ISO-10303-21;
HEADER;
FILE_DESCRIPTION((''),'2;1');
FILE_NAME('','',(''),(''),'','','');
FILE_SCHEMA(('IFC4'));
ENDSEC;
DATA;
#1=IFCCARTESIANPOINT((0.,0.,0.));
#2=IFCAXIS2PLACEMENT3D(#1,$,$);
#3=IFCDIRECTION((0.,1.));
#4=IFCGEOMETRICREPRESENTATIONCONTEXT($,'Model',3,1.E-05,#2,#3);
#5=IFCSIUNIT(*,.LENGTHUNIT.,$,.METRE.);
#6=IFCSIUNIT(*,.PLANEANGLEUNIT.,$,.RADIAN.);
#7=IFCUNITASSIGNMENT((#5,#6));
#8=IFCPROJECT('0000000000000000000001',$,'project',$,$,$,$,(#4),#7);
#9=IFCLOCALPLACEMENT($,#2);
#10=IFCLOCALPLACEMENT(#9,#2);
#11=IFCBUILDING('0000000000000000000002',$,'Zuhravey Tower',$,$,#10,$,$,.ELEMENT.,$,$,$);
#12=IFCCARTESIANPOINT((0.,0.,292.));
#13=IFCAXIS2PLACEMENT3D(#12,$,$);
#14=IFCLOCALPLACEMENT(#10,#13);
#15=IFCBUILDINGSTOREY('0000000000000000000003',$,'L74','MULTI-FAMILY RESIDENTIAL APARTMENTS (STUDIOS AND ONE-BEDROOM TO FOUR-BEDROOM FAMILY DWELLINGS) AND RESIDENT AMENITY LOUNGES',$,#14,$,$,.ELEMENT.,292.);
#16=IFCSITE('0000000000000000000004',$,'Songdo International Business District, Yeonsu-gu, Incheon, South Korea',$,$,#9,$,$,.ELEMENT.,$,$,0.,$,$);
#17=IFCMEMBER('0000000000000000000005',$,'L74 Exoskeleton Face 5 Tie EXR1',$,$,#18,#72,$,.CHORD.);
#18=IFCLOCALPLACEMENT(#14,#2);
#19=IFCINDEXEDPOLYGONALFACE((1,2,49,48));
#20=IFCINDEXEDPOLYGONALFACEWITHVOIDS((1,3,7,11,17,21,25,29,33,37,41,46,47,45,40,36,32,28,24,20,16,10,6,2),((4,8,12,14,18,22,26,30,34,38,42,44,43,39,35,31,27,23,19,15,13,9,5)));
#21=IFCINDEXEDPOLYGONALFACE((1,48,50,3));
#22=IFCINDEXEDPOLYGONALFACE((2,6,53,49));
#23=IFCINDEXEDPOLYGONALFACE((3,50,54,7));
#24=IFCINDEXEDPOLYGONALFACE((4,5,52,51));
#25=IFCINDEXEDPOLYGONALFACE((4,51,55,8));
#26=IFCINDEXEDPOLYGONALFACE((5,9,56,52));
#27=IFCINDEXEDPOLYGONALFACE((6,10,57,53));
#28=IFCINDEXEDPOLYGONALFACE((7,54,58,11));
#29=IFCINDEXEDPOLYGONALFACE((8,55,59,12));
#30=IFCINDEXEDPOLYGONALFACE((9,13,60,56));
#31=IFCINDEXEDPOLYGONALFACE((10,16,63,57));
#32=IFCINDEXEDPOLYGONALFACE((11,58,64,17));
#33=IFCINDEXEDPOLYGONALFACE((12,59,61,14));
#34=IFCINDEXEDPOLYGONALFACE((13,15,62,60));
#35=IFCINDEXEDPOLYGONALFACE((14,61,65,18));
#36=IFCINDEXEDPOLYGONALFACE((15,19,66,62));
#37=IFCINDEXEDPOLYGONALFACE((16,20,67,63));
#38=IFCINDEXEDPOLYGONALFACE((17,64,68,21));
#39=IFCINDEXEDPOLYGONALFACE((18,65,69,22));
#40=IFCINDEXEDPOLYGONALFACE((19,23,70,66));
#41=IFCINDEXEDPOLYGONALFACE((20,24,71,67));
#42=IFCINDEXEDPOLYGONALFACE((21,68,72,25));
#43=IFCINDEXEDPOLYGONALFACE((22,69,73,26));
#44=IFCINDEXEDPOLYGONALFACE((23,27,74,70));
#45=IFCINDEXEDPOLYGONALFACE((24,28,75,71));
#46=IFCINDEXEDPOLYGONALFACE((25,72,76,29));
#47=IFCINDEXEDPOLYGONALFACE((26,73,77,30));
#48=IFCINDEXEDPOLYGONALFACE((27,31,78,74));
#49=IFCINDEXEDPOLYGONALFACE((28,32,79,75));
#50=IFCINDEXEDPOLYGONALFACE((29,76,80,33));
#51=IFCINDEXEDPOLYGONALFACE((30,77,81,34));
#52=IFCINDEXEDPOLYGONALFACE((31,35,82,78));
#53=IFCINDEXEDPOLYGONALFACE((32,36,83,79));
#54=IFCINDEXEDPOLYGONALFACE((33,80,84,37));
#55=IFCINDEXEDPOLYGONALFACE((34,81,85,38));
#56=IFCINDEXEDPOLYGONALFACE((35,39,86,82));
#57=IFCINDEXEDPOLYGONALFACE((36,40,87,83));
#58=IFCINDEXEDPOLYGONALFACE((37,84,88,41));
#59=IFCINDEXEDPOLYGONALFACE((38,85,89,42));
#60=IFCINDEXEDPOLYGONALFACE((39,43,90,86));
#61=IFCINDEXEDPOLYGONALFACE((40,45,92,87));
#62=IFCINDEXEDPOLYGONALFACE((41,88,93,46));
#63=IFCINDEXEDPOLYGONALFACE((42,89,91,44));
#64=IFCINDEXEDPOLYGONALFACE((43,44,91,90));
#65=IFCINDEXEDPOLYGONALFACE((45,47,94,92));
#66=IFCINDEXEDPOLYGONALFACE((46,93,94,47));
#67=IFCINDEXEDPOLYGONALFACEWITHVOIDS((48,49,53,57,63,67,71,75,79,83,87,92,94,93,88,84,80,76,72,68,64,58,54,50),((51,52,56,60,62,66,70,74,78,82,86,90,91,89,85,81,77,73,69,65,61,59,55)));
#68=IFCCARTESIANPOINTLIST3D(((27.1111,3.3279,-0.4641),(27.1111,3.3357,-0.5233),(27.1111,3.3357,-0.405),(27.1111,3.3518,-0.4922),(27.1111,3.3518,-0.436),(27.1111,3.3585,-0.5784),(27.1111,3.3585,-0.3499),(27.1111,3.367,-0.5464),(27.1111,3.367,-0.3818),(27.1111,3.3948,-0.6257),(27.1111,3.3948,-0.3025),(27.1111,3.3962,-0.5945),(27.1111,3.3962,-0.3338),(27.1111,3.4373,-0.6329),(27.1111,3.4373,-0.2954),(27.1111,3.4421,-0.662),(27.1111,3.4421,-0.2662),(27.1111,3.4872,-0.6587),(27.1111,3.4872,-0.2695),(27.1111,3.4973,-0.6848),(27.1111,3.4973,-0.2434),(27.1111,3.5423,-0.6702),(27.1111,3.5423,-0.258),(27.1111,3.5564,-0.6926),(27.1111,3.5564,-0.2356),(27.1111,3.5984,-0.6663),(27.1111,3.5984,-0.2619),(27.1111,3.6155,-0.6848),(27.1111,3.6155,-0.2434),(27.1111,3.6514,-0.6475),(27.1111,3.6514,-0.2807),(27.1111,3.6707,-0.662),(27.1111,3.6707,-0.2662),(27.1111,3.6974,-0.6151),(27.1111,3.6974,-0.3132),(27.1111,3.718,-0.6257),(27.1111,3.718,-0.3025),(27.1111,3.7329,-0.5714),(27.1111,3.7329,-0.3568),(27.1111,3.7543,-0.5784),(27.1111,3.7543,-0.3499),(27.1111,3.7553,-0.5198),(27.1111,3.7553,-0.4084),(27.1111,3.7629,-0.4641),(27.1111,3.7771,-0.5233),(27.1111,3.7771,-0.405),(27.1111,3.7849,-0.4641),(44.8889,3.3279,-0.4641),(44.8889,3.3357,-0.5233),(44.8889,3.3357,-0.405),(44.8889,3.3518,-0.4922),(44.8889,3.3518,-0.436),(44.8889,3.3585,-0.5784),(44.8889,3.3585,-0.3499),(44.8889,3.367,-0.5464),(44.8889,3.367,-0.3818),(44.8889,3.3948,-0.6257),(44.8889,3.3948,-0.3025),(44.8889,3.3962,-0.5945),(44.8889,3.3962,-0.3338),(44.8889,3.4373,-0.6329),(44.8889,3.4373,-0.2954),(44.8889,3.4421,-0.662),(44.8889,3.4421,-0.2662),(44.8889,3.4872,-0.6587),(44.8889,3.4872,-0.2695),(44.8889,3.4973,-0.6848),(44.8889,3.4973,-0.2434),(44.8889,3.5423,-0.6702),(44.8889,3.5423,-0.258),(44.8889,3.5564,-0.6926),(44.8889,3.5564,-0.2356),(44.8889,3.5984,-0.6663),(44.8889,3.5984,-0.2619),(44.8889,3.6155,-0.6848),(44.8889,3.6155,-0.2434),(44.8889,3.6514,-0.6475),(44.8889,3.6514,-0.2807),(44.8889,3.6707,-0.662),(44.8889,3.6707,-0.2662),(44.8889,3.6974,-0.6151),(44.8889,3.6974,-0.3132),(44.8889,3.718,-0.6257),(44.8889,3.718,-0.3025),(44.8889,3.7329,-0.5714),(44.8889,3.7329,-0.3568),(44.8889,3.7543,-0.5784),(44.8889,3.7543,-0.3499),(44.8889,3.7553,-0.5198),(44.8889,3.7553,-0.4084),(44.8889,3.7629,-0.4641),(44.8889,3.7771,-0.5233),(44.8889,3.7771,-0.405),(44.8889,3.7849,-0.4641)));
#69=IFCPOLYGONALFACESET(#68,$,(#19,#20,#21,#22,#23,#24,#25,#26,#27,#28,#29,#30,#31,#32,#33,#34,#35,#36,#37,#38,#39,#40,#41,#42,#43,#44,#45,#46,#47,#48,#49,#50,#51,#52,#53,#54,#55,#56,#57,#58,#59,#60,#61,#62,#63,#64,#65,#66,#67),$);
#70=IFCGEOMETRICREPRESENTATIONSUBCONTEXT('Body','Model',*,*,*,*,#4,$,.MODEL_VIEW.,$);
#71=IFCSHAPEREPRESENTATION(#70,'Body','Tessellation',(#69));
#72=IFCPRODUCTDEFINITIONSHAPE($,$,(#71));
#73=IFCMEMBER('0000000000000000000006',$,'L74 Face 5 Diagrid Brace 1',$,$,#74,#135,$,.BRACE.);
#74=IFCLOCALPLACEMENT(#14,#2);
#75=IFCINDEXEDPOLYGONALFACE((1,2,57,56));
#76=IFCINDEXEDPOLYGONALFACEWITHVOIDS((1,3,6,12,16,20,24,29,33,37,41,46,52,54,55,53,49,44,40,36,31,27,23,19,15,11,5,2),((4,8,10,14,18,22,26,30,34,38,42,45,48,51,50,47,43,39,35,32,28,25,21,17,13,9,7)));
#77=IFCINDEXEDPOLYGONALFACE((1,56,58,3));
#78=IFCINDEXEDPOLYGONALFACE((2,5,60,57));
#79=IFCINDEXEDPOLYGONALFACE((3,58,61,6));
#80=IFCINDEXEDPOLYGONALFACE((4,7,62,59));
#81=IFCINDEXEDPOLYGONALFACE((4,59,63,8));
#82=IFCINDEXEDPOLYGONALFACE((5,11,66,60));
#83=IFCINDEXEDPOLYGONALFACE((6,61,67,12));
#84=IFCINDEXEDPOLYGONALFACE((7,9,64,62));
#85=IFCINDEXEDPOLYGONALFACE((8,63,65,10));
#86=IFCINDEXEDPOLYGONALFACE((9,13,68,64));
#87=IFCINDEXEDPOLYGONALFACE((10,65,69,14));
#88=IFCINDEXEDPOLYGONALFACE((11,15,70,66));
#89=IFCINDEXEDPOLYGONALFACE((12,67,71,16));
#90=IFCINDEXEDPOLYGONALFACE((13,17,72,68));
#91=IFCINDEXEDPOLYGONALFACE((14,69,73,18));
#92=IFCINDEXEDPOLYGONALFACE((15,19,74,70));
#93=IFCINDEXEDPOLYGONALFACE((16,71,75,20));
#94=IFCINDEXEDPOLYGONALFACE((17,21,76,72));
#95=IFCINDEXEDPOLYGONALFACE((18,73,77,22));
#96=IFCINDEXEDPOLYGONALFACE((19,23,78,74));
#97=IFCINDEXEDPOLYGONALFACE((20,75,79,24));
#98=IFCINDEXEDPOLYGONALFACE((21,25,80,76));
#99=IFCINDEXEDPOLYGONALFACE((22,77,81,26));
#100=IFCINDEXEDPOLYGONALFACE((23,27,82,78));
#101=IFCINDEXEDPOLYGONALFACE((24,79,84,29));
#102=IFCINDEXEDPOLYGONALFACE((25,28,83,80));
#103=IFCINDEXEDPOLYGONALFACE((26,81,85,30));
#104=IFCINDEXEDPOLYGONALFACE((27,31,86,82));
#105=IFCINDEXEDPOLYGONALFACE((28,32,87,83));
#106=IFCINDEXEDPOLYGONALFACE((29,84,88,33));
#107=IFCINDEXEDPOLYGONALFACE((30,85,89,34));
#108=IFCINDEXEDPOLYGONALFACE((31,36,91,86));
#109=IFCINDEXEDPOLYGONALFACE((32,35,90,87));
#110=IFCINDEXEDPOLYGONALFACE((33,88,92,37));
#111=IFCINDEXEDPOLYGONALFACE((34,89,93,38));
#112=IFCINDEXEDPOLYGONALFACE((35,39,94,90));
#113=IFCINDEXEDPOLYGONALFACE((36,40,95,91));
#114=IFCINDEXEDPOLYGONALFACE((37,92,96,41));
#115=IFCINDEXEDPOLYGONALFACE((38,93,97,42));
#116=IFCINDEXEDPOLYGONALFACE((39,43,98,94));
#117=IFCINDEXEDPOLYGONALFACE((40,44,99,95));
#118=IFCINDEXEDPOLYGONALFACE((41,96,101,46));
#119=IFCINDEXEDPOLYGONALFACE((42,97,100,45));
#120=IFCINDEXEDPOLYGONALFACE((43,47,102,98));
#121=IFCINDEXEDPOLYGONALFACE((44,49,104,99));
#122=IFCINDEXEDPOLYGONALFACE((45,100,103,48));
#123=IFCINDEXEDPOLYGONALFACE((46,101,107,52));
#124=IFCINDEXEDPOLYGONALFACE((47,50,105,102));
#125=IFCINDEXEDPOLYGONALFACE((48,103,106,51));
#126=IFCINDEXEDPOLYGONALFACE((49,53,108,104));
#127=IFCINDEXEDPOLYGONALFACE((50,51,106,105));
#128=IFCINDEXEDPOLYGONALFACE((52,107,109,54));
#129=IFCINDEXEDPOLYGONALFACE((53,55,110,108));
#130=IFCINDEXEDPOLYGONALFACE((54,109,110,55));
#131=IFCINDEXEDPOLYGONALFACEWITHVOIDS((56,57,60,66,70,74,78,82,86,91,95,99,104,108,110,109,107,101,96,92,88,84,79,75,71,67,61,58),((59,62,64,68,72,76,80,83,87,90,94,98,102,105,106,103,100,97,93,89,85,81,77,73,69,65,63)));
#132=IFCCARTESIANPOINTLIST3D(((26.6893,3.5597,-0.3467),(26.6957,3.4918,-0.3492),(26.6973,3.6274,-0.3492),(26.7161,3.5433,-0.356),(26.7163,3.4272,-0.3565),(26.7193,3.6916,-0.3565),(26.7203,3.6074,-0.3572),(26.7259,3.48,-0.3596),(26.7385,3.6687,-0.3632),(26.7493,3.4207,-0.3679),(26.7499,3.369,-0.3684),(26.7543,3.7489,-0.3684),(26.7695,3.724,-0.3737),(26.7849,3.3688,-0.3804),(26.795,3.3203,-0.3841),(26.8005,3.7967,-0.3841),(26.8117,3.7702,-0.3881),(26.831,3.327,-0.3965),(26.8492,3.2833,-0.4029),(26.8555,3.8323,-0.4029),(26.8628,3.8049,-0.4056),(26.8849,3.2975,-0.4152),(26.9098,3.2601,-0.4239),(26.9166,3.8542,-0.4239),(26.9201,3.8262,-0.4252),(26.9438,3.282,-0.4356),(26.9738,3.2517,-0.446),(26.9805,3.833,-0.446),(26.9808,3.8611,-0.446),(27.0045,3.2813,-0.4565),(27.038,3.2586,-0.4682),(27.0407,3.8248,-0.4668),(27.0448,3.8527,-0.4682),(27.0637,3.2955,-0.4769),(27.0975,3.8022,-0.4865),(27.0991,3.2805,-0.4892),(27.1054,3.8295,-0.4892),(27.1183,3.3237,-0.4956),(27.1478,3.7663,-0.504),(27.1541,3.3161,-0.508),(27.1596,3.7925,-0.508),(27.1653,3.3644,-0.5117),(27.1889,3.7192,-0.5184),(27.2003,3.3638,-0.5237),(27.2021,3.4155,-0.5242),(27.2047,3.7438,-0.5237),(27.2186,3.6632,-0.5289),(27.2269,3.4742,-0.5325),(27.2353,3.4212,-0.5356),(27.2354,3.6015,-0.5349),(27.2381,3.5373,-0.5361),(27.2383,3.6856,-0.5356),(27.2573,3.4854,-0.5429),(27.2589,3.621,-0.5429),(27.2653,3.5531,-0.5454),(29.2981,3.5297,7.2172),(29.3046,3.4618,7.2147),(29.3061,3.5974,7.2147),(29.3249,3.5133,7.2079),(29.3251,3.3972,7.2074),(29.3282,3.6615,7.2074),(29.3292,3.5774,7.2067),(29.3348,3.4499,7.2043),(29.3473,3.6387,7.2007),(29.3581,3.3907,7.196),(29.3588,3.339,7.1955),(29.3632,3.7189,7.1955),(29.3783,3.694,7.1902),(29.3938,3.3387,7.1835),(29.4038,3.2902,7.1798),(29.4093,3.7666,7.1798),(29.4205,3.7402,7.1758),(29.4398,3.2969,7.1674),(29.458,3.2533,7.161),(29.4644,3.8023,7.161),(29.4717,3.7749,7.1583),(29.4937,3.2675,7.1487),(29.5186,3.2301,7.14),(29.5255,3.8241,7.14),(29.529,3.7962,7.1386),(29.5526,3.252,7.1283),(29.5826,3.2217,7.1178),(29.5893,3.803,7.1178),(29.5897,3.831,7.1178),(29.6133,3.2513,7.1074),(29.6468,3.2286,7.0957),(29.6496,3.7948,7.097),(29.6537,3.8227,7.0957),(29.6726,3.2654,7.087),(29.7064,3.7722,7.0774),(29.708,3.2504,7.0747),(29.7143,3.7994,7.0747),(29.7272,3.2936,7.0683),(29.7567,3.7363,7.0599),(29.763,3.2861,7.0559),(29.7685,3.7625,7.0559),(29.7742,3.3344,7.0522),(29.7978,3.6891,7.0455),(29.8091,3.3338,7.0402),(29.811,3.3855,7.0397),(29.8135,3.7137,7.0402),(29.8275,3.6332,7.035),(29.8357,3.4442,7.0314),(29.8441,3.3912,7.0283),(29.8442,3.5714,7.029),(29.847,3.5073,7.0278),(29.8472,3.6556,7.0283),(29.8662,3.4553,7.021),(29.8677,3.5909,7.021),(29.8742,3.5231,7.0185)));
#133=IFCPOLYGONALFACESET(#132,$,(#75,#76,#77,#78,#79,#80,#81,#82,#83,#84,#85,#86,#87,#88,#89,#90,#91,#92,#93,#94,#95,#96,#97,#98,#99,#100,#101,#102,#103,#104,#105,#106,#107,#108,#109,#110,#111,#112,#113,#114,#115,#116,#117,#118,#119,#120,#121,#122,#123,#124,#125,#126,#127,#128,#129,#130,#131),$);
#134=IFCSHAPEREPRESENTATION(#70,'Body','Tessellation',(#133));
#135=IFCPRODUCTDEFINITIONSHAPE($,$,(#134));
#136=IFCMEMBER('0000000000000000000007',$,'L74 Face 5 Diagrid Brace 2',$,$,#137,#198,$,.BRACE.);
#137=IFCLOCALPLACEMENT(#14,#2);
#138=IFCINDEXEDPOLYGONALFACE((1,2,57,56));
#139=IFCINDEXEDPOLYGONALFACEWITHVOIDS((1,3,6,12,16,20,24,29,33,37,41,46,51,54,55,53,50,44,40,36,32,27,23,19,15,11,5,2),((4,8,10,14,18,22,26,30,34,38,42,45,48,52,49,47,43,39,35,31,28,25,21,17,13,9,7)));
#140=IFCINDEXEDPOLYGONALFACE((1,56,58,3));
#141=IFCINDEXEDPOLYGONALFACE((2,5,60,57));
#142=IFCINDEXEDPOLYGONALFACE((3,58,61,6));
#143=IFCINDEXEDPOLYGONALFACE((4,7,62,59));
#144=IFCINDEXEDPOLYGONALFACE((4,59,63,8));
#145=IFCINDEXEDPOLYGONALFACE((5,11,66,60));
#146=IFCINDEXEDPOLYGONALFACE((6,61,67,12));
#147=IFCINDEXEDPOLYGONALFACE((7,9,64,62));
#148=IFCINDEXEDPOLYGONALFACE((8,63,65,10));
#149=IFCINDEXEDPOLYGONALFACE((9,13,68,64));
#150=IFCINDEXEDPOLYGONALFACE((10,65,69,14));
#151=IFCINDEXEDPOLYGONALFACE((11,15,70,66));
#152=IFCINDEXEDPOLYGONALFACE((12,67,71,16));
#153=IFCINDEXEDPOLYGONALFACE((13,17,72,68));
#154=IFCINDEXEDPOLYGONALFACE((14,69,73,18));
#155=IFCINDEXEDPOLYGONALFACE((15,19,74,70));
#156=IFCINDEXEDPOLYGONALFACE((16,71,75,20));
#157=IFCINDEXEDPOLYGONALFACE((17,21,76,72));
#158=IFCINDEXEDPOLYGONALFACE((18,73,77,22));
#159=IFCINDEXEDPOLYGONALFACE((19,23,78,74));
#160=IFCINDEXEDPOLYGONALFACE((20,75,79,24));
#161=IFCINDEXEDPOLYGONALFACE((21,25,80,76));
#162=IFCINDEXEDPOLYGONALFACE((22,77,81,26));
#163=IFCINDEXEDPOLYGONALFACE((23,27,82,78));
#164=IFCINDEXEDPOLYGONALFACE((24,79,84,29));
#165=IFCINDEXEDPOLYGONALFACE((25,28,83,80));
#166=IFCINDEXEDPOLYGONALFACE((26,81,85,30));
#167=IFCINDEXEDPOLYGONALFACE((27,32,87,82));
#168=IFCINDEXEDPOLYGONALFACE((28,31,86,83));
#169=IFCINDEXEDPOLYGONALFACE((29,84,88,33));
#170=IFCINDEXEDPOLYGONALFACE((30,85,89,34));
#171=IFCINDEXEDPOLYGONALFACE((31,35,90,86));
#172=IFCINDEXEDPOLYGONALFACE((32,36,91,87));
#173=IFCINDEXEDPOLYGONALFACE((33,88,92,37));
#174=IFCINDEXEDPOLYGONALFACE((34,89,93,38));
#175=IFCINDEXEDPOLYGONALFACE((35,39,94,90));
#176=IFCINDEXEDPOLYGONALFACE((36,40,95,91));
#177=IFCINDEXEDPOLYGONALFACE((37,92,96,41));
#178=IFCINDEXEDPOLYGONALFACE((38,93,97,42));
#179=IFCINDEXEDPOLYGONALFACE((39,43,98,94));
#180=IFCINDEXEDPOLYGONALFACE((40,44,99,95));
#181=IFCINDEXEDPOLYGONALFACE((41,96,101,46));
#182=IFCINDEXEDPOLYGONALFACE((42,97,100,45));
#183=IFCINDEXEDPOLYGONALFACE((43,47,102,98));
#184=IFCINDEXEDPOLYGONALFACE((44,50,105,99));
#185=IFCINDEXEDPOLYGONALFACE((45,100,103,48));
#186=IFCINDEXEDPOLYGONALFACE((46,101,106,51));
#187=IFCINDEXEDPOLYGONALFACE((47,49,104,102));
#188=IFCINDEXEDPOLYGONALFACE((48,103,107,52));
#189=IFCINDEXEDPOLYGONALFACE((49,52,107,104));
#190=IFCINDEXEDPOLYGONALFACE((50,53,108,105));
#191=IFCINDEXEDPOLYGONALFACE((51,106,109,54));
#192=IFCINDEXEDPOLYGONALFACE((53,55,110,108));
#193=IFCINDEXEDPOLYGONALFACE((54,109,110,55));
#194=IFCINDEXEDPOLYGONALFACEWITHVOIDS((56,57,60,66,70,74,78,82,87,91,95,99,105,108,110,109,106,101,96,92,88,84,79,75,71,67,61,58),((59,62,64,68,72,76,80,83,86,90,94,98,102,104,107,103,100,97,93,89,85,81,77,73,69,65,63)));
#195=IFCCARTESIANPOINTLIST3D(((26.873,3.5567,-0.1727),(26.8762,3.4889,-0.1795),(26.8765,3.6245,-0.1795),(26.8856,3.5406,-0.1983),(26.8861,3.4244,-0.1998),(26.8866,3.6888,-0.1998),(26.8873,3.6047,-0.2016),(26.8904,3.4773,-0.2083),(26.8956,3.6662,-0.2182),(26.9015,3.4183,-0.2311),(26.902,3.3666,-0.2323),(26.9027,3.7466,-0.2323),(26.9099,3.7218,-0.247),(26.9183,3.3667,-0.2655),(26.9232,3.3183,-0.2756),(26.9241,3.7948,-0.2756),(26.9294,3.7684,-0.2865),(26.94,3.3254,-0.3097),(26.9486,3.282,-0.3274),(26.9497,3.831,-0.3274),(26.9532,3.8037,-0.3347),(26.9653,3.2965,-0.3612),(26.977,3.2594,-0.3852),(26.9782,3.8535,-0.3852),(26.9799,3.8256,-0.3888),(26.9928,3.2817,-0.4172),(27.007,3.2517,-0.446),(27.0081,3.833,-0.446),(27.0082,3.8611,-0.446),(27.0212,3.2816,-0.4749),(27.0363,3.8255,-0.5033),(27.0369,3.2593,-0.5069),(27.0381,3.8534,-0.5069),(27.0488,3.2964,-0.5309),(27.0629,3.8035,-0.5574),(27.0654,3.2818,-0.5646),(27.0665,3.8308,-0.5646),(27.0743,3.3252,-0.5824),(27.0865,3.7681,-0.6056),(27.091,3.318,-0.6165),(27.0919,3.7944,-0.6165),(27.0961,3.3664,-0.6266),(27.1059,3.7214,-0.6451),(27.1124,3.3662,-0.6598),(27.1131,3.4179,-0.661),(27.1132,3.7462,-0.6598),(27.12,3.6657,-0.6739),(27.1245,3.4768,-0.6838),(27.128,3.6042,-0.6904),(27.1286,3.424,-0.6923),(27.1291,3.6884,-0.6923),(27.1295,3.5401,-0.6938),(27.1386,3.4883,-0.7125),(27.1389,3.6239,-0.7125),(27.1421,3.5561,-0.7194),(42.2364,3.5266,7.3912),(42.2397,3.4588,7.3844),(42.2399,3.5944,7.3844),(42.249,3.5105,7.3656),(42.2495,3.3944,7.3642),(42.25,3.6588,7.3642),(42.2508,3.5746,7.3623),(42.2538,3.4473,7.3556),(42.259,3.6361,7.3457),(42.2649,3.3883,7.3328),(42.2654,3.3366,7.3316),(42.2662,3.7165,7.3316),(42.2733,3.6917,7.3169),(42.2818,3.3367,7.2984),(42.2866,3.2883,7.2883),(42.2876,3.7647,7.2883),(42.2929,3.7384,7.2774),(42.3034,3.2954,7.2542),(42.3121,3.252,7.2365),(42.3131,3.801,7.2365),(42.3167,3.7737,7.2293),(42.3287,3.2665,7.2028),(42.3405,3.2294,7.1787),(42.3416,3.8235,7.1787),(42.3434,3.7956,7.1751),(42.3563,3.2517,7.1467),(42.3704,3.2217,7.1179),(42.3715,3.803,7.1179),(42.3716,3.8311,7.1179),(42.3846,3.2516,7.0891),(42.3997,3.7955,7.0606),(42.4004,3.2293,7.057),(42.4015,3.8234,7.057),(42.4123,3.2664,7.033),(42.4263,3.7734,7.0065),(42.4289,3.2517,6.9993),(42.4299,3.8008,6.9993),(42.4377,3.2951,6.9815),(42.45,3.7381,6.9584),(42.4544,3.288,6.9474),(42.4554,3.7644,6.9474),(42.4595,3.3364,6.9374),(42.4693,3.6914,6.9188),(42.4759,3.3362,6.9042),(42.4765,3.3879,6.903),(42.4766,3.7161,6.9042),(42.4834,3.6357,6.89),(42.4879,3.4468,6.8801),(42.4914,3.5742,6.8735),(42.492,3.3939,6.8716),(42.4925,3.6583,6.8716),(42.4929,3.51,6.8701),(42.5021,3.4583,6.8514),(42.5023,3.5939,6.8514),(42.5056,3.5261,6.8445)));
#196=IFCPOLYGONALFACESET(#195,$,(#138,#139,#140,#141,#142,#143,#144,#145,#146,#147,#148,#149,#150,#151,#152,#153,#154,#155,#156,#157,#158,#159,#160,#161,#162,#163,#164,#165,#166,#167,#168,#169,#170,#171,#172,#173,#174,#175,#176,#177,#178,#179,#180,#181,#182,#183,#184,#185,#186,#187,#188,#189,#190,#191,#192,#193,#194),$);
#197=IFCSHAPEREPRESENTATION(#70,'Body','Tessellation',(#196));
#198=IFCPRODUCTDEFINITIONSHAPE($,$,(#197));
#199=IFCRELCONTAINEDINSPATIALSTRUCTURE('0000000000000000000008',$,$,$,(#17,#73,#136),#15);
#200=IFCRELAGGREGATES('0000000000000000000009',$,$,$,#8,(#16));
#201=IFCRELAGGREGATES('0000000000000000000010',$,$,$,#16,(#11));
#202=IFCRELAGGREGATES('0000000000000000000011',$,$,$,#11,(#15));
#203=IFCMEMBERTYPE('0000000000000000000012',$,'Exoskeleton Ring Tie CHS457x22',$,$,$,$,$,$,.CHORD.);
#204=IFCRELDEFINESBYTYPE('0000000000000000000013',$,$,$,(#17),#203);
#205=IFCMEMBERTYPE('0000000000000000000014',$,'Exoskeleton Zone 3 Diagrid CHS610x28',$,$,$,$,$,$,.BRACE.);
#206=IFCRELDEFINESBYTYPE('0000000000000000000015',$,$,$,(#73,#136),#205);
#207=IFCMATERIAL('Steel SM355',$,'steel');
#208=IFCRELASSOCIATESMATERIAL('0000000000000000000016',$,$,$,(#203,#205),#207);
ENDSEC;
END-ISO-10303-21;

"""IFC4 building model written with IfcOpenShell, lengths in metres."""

from ifc_helpers import new_model, si_unit, direction, frame, origin, origin_2d, place, context, subcontext, project, spatial, hollow_circle, extrude, material, material_profile, profile_set, type_object, element, save


model = new_model("IFC4")

# Units and contexts
model_context = context("Model", 3, precision=1e-05, world=origin(), true_north=direction((0.0, 1.0)))
body_context = subcontext(model_context, "Body", "Model", "MODEL_VIEW")
ifc_project = project(units=[si_unit("LENGTHUNIT", "METRE"), si_unit("PLANEANGLEUNIT", "RADIAN")], contexts=[model_context])

# Site, building, storey
site_placement = place(None, origin())
site = spatial("IfcSite", under=ifc_project, at=site_placement, Name="Songdo International Business District, Yeonsu-gu, Incheon, South Korea", CompositionType="ELEMENT", RefElevation=0.0)
building_placement = place(site_placement, origin())
building = spatial("IfcBuilding", under=site, at=building_placement, Name="Zuhravey Tower", CompositionType="ELEMENT")
storey_placement = place(building_placement, frame((0.0, 0.0, 292.0)))
storey = spatial("IfcBuildingStorey", under=building, at=storey_placement, Name="L74", Description="MULTI-FAMILY RESIDENTIAL APARTMENTS (STUDIOS AND ONE-BEDROOM TO FOUR-BEDROOM FAMILY DWELLINGS) AND RESIDENT AMENITY LOUNGES", CompositionType="ELEMENT", Elevation=292.0)

# Members
ifc_material_1 = material(Name="Steel SM355", Category="steel")
ifc_material_profile_1 = material_profile(ifc_material_1, hollow_circle(Radius=0.2285, WallThickness=0.022, at=origin_2d()), Name="CHS-457.2x22")
ifc_profile_set_1 = profile_set([ifc_material_profile_1], Name="Steel SM355")
member_type_1 = type_object("IfcMemberType", Name="Exoskeleton Ring Tie CHS457x22", PredefinedType="CHORD", material=ifc_profile_set_1)
member_1_placement = place(storey_placement, frame((27.1111, 3.5564, -0.4641), z_axis=(1.0, 0.0, 0.0), x_axis=(0.0, 1.0, 0.0)))
element("IfcMember", 1, at=member_1_placement, inside=storey, type_object=member_type_1, Name="L74 Exoskeleton Face 5 Tie EXR1", PredefinedType="CHORD", context=body_context, shape_type="SweptSolid", body=[
    extrude(hollow_circle(Radius=0.2285, WallThickness=0.022, at=origin_2d()), origin(), (0.0, 0.0, 1.0), 17.7778),
])
ifc_material_profile_2 = material_profile(ifc_material_1, hollow_circle(Radius=0.3047, WallThickness=0.0281, at=origin_2d()), Name="CHS-609.6x28")
ifc_profile_set_2 = profile_set([ifc_material_profile_2], Name="Steel SM355")
member_type_2 = type_object("IfcMemberType", Name="Exoskeleton Zone 3 Diagrid CHS610x28", PredefinedType="BRACE", material=ifc_profile_set_2)
member_2_placement = place(storey_placement, frame((26.9773, 3.5564, -0.446), z_axis=(0.326058, -0.003753, 0.945342), x_axis=(0.01151, 0.999934, 0.0)))
element("IfcMember", 2, at=member_2_placement, inside=storey, type_object=member_type_2, Name="L74 Face 5 Diagrid Brace 1", PredefinedType="BRACE", context=body_context, shape_type="SweptSolid", body=[
    extrude(hollow_circle(Radius=0.3047, WallThickness=0.0281, at=origin_2d()), origin(), (0.0, 0.0, 1.0), 8.0012),
])
member_3_placement = place(storey_placement, frame((27.0076, 3.5564, -0.446), z_axis=(0.89716, -0.001754, 0.441701), x_axis=(0.001955, 0.999998, 0.0)))
element("IfcMember", 3, at=member_3_placement, inside=storey, type_object=member_type_2, Name="L74 Face 5 Diagrid Brace 2", PredefinedType="BRACE", context=body_context, shape_type="SweptSolid", body=[
    extrude(hollow_circle(Radius=0.3047, WallThickness=0.0281, at=origin_2d()), origin(), (0.0, 0.0, 1.0), 17.1245),
])

save(model, "model.ifc")
